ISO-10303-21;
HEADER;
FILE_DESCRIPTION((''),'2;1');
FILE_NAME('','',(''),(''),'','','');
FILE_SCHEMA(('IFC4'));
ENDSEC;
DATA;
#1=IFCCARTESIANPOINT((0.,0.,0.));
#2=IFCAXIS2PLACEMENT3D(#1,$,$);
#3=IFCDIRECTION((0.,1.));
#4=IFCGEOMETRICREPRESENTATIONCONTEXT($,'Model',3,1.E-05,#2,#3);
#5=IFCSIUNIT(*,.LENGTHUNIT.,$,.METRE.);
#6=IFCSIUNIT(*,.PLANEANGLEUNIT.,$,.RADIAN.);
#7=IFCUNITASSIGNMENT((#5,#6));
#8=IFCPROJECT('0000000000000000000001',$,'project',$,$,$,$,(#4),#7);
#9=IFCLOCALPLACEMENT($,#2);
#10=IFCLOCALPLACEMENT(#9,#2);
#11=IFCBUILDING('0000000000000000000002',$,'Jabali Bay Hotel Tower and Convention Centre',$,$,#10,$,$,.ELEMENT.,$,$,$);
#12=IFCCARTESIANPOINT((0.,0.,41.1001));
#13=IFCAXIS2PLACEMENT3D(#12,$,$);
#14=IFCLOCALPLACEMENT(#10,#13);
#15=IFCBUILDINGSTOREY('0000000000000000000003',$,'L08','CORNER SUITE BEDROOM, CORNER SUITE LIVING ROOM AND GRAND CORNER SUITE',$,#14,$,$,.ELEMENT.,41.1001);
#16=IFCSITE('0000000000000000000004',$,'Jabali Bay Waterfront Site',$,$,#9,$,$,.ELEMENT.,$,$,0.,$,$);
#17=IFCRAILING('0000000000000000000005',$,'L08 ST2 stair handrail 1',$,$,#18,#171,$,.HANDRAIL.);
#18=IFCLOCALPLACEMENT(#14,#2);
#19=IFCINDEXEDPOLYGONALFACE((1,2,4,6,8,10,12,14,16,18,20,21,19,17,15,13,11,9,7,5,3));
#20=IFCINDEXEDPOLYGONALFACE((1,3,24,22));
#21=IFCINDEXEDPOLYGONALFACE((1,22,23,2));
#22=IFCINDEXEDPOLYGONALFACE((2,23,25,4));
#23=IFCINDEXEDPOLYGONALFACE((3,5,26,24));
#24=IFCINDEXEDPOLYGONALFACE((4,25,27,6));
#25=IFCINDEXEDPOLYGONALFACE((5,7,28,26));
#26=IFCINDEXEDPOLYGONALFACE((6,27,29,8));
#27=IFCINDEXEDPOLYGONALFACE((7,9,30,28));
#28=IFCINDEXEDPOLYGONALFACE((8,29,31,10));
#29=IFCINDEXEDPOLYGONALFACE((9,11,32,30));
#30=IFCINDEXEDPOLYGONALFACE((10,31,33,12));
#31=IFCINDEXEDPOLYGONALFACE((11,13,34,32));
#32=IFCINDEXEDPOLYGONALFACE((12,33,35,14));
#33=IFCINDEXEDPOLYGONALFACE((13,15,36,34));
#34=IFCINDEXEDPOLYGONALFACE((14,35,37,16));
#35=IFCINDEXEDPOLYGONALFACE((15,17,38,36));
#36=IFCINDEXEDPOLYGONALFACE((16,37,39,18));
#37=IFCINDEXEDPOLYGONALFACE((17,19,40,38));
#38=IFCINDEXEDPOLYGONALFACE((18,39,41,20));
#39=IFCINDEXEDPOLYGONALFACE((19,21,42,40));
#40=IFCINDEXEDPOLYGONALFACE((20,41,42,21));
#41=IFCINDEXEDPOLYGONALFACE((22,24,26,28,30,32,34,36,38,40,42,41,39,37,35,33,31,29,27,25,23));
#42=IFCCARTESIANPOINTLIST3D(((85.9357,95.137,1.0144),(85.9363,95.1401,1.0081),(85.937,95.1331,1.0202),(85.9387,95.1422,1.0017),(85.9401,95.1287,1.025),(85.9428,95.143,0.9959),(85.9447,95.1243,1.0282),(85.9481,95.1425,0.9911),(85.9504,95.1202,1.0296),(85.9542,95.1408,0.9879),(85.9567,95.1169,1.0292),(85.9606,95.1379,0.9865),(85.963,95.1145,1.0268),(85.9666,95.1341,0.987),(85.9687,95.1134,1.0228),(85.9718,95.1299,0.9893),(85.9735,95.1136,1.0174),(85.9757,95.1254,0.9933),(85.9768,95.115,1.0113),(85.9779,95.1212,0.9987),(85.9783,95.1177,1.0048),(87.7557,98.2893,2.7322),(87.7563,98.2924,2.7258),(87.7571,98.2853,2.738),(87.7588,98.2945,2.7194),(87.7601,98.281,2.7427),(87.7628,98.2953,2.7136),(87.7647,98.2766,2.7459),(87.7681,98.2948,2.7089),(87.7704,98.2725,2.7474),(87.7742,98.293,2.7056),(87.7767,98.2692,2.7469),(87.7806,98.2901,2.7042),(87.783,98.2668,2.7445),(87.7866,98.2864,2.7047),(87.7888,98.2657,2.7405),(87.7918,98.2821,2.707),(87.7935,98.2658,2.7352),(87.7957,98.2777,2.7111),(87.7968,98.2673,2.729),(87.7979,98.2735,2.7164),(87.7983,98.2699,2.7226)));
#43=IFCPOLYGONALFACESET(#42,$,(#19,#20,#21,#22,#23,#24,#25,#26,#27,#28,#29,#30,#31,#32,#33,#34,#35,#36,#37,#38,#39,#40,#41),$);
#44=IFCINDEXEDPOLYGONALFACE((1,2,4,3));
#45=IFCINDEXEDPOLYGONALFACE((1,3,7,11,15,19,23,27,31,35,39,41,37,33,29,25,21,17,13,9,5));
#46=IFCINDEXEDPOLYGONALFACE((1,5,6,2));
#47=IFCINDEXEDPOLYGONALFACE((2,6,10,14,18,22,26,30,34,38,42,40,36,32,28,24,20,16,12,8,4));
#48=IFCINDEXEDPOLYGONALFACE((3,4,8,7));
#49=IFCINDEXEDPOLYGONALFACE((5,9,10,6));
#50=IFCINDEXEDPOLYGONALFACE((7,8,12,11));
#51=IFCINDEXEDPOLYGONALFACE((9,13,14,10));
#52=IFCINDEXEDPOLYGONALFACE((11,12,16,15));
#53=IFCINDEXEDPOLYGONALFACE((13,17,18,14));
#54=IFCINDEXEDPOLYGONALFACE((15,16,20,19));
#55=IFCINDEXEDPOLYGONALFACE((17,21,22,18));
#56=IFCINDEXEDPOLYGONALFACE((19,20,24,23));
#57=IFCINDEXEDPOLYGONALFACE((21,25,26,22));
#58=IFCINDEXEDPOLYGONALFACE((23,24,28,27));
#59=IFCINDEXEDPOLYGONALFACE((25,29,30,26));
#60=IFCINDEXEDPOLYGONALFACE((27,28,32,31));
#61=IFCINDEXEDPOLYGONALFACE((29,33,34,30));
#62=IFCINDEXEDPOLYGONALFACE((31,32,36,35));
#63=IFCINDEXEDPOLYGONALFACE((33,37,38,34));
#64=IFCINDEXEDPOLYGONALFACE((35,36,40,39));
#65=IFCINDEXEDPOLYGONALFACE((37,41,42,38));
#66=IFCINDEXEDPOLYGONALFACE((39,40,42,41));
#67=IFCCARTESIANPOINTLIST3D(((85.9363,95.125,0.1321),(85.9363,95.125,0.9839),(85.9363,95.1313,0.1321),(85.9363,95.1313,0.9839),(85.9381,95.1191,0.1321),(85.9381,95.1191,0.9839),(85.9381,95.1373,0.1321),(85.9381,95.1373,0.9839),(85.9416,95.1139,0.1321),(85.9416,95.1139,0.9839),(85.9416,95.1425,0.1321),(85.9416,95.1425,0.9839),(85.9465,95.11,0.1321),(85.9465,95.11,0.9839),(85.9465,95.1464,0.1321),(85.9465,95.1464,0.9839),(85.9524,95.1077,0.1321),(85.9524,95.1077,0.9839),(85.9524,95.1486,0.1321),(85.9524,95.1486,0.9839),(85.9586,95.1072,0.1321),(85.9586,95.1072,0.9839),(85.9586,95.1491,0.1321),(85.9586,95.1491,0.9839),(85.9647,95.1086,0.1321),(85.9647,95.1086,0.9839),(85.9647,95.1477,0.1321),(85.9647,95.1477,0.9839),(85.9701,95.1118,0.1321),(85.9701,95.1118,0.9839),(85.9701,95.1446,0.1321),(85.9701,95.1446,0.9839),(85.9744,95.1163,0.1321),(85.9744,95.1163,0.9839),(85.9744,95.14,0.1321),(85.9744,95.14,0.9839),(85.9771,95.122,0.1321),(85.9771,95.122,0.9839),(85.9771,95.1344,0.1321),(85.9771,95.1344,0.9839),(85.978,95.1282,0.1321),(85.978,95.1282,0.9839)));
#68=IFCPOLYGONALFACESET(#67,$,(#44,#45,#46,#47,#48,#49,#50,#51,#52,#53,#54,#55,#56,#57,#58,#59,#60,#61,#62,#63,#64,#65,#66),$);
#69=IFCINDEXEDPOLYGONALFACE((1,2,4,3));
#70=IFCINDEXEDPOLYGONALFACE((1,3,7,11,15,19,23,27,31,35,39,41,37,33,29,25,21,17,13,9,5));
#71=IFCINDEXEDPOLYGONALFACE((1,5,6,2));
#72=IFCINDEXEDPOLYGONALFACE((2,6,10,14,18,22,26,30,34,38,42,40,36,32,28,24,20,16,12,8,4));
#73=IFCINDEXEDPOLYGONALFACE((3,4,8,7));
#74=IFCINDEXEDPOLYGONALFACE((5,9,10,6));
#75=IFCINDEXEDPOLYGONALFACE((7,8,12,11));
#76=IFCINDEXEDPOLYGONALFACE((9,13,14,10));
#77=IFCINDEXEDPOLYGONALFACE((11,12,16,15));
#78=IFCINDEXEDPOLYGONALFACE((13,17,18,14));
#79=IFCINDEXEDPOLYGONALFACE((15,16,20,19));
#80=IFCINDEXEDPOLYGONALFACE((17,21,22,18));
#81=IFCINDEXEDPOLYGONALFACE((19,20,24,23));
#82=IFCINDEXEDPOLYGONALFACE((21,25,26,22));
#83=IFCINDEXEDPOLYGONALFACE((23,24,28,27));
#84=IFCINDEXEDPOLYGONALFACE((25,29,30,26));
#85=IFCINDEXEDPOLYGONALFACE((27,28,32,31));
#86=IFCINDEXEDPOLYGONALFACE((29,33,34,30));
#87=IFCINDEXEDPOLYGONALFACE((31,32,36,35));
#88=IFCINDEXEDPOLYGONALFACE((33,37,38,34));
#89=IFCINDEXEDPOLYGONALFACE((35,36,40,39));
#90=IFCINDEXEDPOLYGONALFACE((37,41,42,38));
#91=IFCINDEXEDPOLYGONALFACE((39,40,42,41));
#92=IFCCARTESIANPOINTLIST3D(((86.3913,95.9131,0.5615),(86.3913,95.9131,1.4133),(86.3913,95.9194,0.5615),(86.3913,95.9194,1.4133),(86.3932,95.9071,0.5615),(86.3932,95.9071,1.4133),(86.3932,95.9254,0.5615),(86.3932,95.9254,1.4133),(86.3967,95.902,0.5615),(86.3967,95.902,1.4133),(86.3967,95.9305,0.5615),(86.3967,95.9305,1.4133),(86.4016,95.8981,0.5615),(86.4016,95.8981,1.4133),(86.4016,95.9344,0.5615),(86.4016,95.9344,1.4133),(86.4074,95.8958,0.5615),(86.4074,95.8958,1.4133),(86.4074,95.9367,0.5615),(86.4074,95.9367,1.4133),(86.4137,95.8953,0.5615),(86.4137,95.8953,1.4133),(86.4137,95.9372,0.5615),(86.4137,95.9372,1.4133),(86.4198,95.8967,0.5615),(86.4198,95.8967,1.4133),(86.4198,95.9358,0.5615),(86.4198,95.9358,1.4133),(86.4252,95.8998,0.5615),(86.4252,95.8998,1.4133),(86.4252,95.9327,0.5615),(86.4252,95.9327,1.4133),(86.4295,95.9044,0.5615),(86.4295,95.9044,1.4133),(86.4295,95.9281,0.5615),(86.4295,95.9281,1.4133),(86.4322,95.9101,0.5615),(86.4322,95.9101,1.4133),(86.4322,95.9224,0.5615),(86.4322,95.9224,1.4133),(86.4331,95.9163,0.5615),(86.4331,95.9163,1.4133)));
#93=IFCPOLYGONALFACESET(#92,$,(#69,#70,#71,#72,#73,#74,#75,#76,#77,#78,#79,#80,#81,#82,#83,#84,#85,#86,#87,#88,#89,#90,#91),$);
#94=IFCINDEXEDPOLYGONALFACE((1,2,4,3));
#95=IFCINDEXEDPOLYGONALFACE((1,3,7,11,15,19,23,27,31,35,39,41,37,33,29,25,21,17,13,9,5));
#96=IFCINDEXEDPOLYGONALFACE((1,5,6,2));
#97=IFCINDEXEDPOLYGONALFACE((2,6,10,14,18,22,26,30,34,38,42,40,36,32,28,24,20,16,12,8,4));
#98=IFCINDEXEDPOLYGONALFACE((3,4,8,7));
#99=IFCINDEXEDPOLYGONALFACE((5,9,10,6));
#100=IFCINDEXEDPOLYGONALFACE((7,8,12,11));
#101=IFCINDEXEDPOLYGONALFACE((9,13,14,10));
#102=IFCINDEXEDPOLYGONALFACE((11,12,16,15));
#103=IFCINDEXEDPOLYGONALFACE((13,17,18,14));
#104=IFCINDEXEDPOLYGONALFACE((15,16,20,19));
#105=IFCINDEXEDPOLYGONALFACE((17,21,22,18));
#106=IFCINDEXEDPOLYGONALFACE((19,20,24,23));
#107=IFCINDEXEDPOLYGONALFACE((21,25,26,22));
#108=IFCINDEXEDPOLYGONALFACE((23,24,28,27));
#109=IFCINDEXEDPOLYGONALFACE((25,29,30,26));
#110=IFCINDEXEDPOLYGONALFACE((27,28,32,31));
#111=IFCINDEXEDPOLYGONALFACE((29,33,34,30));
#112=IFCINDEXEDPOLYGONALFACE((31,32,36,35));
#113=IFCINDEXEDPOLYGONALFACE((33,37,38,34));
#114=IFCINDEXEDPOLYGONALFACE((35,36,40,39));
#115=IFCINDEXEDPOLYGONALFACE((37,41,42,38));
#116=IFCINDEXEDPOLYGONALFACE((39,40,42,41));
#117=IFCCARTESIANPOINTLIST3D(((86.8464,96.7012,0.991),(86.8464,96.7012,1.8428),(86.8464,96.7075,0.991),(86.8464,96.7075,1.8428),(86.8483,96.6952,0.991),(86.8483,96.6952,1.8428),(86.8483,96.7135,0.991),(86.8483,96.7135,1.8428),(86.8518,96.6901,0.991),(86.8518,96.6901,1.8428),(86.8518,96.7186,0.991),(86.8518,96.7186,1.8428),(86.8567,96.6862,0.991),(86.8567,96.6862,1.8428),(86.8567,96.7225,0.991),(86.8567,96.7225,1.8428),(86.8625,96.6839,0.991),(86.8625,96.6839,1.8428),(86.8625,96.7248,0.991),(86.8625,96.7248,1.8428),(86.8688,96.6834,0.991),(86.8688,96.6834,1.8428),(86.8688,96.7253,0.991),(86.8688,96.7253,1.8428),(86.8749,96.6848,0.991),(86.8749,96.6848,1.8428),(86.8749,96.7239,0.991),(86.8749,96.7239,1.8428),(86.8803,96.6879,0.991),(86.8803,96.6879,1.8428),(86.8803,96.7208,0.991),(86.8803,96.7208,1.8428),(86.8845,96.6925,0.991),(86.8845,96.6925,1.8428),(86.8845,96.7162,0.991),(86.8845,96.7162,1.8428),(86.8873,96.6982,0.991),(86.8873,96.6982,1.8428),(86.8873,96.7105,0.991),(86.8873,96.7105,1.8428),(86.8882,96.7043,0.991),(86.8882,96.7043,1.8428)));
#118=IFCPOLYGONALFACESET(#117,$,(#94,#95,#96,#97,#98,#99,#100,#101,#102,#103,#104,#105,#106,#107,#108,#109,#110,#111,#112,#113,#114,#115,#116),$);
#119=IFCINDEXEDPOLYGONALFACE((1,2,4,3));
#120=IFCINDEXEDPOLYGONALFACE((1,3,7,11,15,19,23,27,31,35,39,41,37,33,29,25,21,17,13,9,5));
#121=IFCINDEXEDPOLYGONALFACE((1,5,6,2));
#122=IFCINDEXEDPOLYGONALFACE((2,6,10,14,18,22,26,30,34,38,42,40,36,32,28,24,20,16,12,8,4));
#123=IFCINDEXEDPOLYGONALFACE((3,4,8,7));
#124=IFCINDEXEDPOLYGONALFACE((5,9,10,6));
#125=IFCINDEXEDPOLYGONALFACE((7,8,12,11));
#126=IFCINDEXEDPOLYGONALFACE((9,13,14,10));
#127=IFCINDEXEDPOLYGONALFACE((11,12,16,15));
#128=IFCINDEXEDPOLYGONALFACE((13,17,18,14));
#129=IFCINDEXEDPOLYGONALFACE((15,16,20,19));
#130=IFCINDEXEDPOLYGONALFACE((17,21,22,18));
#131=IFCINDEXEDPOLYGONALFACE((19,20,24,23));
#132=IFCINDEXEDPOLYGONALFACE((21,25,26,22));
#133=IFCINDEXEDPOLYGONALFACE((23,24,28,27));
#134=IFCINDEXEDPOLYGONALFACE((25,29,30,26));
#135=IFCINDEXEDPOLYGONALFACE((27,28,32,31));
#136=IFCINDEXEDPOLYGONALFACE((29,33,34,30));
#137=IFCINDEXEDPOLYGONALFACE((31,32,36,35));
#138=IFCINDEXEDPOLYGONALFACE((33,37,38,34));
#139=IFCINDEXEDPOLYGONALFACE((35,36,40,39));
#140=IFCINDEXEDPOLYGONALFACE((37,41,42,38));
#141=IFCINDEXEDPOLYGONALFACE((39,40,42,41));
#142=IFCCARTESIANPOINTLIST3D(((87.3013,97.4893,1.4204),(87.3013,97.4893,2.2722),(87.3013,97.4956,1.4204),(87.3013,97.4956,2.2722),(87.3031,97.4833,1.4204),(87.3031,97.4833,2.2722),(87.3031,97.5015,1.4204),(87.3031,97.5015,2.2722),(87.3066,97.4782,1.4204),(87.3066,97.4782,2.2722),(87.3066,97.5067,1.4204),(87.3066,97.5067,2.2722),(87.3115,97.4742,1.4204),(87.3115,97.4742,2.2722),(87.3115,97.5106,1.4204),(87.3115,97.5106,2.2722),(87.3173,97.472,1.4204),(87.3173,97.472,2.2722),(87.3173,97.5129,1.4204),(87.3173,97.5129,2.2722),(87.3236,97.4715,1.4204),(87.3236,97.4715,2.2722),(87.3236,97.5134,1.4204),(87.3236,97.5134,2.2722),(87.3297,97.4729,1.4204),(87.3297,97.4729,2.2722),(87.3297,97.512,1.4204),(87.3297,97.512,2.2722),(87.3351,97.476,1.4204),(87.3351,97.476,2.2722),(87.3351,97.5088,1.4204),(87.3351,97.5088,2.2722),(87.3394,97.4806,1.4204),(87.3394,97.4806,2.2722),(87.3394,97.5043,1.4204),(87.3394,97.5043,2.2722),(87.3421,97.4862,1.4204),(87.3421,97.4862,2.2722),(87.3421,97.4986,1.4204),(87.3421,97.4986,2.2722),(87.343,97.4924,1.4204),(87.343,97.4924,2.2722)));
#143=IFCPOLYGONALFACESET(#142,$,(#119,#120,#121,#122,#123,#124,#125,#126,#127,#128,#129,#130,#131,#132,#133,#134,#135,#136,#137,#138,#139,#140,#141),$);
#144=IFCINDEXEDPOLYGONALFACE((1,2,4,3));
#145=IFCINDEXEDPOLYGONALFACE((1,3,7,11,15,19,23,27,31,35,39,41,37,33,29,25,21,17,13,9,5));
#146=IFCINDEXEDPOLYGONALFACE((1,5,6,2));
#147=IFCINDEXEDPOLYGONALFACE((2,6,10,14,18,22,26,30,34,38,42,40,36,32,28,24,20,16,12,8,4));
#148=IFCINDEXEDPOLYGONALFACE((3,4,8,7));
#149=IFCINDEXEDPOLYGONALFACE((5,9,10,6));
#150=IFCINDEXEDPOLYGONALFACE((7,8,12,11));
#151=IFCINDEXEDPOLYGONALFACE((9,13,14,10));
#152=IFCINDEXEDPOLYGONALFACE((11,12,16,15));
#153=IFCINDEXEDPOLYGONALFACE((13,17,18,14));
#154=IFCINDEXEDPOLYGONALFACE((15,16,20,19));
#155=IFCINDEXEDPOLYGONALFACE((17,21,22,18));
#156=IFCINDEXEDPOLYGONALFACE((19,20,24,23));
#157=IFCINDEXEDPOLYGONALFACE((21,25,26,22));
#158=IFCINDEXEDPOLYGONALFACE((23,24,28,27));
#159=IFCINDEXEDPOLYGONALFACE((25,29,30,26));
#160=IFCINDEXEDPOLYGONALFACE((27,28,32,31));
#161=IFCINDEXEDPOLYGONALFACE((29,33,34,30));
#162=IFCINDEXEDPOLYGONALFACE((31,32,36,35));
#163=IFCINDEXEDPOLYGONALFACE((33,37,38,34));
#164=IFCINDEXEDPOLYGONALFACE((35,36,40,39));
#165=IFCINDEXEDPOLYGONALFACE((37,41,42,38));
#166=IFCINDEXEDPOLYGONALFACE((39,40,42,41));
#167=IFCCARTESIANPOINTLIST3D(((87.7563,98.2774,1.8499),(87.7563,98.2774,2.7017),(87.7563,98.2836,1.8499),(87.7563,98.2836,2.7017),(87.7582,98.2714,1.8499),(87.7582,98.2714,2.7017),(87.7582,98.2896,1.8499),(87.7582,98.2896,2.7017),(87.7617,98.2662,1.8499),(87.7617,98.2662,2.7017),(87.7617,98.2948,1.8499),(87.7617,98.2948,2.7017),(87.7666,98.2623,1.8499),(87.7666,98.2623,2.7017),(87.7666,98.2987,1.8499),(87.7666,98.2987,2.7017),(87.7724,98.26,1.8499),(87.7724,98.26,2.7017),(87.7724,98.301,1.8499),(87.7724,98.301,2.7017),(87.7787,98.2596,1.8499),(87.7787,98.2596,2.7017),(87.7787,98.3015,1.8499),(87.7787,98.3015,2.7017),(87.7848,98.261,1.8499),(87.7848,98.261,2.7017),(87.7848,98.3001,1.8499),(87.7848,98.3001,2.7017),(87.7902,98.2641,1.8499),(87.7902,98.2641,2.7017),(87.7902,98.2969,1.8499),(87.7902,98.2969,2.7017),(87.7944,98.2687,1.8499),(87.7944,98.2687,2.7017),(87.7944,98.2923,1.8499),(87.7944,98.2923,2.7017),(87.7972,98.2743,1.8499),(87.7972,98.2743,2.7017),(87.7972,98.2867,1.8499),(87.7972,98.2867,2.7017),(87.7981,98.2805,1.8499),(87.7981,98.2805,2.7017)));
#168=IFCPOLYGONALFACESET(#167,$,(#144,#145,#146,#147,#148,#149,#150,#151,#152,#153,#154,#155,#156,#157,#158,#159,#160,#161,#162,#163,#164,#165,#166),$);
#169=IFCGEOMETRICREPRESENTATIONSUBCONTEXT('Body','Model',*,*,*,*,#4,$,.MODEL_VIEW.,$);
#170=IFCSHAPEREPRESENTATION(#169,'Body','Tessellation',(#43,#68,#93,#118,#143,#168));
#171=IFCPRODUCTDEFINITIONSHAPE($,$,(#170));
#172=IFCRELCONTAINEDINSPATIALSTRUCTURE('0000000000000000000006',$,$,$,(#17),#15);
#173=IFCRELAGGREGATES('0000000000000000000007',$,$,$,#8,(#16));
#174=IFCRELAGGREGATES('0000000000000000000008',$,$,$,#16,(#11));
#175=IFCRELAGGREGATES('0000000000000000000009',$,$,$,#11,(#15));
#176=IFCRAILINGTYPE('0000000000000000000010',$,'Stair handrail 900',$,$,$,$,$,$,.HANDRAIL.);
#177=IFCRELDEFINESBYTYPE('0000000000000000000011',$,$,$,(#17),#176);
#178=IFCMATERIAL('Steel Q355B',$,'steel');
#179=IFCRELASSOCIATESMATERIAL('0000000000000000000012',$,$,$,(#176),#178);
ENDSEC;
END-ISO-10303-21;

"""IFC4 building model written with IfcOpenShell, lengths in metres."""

from ifc_helpers import new_model, si_unit, direction, frame, origin, origin_2d, place, context, subcontext, project, spatial, circle, extrude, material, type_object, element, save


model = new_model("IFC4")

# Units and contexts
model_context = context("Model", 3, precision=1e-05, world=origin(), true_north=direction((0.0, 1.0)))
body_context = subcontext(model_context, "Body", "Model", "MODEL_VIEW")
ifc_project = project(units=[si_unit("LENGTHUNIT", "METRE"), si_unit("PLANEANGLEUNIT", "RADIAN")], contexts=[model_context])

# Site, building, storey
site_placement = place(None, origin())
site = spatial("IfcSite", under=ifc_project, at=site_placement, Name="Jabali Bay Waterfront Site", CompositionType="ELEMENT", RefElevation=0.0)
building_placement = place(site_placement, origin())
building = spatial("IfcBuilding", under=site, at=building_placement, Name="Jabali Bay Hotel Tower and Convention Centre", CompositionType="ELEMENT")
storey_placement = place(building_placement, frame((0.0, 0.0, 41.1001)))
storey = spatial("IfcBuildingStorey", under=building, at=storey_placement, Name="L08", Description="CORNER SUITE BEDROOM, CORNER SUITE LIVING ROOM AND GRAND CORNER SUITE", CompositionType="ELEMENT", Elevation=41.1001)

# Railing
ifc_material_1 = material(Name="Steel Q355B", Category="steel")
railing_type_1 = type_object("IfcRailingType", Name="Stair handrail 900", PredefinedType="HANDRAIL", material=ifc_material_1)
railing_1_placement = place(storey_placement, frame((85.957, 95.1282, 0.1321)))
element("IfcRailing", 1, at=railing_1_placement, inside=storey, type_object=railing_type_1, Name="L08 ST2 stair handrail 1", PredefinedType="HANDRAIL", context=body_context, shape_type="SweptSolid", body=[
    extrude(circle(Radius=0.0239, at=origin_2d()), frame((0.0, 0.0, 0.876), z_axis=(0.45219, 0.78319, 0.426775), x_axis=(-0.866018, 0.500013, 0.0)), (0.0, 0.0, 1.0), 4.0249),
    extrude(circle(Radius=0.021, at=origin_2d()), origin(), (0.0, 0.0, 1.0), 0.8518),
    extrude(circle(Radius=0.021, at=origin_2d()), frame((0.4551, 0.7881, 0.4294)), (0.0, 0.0, 1.0), 0.8518),
    extrude(circle(Radius=0.021, at=origin_2d()), frame((0.9102, 1.5762, 0.8589)), (0.0, 0.0, 1.0), 0.8518),
    extrude(circle(Radius=0.021, at=origin_2d()), frame((1.365, 2.3643, 1.2883)), (0.0, 0.0, 1.0), 0.8518),
    extrude(circle(Radius=0.021, at=origin_2d()), frame((1.8201, 3.1523, 1.7178)), (0.0, 0.0, 1.0), 0.8518),
])

save(model, "model.ifc")
